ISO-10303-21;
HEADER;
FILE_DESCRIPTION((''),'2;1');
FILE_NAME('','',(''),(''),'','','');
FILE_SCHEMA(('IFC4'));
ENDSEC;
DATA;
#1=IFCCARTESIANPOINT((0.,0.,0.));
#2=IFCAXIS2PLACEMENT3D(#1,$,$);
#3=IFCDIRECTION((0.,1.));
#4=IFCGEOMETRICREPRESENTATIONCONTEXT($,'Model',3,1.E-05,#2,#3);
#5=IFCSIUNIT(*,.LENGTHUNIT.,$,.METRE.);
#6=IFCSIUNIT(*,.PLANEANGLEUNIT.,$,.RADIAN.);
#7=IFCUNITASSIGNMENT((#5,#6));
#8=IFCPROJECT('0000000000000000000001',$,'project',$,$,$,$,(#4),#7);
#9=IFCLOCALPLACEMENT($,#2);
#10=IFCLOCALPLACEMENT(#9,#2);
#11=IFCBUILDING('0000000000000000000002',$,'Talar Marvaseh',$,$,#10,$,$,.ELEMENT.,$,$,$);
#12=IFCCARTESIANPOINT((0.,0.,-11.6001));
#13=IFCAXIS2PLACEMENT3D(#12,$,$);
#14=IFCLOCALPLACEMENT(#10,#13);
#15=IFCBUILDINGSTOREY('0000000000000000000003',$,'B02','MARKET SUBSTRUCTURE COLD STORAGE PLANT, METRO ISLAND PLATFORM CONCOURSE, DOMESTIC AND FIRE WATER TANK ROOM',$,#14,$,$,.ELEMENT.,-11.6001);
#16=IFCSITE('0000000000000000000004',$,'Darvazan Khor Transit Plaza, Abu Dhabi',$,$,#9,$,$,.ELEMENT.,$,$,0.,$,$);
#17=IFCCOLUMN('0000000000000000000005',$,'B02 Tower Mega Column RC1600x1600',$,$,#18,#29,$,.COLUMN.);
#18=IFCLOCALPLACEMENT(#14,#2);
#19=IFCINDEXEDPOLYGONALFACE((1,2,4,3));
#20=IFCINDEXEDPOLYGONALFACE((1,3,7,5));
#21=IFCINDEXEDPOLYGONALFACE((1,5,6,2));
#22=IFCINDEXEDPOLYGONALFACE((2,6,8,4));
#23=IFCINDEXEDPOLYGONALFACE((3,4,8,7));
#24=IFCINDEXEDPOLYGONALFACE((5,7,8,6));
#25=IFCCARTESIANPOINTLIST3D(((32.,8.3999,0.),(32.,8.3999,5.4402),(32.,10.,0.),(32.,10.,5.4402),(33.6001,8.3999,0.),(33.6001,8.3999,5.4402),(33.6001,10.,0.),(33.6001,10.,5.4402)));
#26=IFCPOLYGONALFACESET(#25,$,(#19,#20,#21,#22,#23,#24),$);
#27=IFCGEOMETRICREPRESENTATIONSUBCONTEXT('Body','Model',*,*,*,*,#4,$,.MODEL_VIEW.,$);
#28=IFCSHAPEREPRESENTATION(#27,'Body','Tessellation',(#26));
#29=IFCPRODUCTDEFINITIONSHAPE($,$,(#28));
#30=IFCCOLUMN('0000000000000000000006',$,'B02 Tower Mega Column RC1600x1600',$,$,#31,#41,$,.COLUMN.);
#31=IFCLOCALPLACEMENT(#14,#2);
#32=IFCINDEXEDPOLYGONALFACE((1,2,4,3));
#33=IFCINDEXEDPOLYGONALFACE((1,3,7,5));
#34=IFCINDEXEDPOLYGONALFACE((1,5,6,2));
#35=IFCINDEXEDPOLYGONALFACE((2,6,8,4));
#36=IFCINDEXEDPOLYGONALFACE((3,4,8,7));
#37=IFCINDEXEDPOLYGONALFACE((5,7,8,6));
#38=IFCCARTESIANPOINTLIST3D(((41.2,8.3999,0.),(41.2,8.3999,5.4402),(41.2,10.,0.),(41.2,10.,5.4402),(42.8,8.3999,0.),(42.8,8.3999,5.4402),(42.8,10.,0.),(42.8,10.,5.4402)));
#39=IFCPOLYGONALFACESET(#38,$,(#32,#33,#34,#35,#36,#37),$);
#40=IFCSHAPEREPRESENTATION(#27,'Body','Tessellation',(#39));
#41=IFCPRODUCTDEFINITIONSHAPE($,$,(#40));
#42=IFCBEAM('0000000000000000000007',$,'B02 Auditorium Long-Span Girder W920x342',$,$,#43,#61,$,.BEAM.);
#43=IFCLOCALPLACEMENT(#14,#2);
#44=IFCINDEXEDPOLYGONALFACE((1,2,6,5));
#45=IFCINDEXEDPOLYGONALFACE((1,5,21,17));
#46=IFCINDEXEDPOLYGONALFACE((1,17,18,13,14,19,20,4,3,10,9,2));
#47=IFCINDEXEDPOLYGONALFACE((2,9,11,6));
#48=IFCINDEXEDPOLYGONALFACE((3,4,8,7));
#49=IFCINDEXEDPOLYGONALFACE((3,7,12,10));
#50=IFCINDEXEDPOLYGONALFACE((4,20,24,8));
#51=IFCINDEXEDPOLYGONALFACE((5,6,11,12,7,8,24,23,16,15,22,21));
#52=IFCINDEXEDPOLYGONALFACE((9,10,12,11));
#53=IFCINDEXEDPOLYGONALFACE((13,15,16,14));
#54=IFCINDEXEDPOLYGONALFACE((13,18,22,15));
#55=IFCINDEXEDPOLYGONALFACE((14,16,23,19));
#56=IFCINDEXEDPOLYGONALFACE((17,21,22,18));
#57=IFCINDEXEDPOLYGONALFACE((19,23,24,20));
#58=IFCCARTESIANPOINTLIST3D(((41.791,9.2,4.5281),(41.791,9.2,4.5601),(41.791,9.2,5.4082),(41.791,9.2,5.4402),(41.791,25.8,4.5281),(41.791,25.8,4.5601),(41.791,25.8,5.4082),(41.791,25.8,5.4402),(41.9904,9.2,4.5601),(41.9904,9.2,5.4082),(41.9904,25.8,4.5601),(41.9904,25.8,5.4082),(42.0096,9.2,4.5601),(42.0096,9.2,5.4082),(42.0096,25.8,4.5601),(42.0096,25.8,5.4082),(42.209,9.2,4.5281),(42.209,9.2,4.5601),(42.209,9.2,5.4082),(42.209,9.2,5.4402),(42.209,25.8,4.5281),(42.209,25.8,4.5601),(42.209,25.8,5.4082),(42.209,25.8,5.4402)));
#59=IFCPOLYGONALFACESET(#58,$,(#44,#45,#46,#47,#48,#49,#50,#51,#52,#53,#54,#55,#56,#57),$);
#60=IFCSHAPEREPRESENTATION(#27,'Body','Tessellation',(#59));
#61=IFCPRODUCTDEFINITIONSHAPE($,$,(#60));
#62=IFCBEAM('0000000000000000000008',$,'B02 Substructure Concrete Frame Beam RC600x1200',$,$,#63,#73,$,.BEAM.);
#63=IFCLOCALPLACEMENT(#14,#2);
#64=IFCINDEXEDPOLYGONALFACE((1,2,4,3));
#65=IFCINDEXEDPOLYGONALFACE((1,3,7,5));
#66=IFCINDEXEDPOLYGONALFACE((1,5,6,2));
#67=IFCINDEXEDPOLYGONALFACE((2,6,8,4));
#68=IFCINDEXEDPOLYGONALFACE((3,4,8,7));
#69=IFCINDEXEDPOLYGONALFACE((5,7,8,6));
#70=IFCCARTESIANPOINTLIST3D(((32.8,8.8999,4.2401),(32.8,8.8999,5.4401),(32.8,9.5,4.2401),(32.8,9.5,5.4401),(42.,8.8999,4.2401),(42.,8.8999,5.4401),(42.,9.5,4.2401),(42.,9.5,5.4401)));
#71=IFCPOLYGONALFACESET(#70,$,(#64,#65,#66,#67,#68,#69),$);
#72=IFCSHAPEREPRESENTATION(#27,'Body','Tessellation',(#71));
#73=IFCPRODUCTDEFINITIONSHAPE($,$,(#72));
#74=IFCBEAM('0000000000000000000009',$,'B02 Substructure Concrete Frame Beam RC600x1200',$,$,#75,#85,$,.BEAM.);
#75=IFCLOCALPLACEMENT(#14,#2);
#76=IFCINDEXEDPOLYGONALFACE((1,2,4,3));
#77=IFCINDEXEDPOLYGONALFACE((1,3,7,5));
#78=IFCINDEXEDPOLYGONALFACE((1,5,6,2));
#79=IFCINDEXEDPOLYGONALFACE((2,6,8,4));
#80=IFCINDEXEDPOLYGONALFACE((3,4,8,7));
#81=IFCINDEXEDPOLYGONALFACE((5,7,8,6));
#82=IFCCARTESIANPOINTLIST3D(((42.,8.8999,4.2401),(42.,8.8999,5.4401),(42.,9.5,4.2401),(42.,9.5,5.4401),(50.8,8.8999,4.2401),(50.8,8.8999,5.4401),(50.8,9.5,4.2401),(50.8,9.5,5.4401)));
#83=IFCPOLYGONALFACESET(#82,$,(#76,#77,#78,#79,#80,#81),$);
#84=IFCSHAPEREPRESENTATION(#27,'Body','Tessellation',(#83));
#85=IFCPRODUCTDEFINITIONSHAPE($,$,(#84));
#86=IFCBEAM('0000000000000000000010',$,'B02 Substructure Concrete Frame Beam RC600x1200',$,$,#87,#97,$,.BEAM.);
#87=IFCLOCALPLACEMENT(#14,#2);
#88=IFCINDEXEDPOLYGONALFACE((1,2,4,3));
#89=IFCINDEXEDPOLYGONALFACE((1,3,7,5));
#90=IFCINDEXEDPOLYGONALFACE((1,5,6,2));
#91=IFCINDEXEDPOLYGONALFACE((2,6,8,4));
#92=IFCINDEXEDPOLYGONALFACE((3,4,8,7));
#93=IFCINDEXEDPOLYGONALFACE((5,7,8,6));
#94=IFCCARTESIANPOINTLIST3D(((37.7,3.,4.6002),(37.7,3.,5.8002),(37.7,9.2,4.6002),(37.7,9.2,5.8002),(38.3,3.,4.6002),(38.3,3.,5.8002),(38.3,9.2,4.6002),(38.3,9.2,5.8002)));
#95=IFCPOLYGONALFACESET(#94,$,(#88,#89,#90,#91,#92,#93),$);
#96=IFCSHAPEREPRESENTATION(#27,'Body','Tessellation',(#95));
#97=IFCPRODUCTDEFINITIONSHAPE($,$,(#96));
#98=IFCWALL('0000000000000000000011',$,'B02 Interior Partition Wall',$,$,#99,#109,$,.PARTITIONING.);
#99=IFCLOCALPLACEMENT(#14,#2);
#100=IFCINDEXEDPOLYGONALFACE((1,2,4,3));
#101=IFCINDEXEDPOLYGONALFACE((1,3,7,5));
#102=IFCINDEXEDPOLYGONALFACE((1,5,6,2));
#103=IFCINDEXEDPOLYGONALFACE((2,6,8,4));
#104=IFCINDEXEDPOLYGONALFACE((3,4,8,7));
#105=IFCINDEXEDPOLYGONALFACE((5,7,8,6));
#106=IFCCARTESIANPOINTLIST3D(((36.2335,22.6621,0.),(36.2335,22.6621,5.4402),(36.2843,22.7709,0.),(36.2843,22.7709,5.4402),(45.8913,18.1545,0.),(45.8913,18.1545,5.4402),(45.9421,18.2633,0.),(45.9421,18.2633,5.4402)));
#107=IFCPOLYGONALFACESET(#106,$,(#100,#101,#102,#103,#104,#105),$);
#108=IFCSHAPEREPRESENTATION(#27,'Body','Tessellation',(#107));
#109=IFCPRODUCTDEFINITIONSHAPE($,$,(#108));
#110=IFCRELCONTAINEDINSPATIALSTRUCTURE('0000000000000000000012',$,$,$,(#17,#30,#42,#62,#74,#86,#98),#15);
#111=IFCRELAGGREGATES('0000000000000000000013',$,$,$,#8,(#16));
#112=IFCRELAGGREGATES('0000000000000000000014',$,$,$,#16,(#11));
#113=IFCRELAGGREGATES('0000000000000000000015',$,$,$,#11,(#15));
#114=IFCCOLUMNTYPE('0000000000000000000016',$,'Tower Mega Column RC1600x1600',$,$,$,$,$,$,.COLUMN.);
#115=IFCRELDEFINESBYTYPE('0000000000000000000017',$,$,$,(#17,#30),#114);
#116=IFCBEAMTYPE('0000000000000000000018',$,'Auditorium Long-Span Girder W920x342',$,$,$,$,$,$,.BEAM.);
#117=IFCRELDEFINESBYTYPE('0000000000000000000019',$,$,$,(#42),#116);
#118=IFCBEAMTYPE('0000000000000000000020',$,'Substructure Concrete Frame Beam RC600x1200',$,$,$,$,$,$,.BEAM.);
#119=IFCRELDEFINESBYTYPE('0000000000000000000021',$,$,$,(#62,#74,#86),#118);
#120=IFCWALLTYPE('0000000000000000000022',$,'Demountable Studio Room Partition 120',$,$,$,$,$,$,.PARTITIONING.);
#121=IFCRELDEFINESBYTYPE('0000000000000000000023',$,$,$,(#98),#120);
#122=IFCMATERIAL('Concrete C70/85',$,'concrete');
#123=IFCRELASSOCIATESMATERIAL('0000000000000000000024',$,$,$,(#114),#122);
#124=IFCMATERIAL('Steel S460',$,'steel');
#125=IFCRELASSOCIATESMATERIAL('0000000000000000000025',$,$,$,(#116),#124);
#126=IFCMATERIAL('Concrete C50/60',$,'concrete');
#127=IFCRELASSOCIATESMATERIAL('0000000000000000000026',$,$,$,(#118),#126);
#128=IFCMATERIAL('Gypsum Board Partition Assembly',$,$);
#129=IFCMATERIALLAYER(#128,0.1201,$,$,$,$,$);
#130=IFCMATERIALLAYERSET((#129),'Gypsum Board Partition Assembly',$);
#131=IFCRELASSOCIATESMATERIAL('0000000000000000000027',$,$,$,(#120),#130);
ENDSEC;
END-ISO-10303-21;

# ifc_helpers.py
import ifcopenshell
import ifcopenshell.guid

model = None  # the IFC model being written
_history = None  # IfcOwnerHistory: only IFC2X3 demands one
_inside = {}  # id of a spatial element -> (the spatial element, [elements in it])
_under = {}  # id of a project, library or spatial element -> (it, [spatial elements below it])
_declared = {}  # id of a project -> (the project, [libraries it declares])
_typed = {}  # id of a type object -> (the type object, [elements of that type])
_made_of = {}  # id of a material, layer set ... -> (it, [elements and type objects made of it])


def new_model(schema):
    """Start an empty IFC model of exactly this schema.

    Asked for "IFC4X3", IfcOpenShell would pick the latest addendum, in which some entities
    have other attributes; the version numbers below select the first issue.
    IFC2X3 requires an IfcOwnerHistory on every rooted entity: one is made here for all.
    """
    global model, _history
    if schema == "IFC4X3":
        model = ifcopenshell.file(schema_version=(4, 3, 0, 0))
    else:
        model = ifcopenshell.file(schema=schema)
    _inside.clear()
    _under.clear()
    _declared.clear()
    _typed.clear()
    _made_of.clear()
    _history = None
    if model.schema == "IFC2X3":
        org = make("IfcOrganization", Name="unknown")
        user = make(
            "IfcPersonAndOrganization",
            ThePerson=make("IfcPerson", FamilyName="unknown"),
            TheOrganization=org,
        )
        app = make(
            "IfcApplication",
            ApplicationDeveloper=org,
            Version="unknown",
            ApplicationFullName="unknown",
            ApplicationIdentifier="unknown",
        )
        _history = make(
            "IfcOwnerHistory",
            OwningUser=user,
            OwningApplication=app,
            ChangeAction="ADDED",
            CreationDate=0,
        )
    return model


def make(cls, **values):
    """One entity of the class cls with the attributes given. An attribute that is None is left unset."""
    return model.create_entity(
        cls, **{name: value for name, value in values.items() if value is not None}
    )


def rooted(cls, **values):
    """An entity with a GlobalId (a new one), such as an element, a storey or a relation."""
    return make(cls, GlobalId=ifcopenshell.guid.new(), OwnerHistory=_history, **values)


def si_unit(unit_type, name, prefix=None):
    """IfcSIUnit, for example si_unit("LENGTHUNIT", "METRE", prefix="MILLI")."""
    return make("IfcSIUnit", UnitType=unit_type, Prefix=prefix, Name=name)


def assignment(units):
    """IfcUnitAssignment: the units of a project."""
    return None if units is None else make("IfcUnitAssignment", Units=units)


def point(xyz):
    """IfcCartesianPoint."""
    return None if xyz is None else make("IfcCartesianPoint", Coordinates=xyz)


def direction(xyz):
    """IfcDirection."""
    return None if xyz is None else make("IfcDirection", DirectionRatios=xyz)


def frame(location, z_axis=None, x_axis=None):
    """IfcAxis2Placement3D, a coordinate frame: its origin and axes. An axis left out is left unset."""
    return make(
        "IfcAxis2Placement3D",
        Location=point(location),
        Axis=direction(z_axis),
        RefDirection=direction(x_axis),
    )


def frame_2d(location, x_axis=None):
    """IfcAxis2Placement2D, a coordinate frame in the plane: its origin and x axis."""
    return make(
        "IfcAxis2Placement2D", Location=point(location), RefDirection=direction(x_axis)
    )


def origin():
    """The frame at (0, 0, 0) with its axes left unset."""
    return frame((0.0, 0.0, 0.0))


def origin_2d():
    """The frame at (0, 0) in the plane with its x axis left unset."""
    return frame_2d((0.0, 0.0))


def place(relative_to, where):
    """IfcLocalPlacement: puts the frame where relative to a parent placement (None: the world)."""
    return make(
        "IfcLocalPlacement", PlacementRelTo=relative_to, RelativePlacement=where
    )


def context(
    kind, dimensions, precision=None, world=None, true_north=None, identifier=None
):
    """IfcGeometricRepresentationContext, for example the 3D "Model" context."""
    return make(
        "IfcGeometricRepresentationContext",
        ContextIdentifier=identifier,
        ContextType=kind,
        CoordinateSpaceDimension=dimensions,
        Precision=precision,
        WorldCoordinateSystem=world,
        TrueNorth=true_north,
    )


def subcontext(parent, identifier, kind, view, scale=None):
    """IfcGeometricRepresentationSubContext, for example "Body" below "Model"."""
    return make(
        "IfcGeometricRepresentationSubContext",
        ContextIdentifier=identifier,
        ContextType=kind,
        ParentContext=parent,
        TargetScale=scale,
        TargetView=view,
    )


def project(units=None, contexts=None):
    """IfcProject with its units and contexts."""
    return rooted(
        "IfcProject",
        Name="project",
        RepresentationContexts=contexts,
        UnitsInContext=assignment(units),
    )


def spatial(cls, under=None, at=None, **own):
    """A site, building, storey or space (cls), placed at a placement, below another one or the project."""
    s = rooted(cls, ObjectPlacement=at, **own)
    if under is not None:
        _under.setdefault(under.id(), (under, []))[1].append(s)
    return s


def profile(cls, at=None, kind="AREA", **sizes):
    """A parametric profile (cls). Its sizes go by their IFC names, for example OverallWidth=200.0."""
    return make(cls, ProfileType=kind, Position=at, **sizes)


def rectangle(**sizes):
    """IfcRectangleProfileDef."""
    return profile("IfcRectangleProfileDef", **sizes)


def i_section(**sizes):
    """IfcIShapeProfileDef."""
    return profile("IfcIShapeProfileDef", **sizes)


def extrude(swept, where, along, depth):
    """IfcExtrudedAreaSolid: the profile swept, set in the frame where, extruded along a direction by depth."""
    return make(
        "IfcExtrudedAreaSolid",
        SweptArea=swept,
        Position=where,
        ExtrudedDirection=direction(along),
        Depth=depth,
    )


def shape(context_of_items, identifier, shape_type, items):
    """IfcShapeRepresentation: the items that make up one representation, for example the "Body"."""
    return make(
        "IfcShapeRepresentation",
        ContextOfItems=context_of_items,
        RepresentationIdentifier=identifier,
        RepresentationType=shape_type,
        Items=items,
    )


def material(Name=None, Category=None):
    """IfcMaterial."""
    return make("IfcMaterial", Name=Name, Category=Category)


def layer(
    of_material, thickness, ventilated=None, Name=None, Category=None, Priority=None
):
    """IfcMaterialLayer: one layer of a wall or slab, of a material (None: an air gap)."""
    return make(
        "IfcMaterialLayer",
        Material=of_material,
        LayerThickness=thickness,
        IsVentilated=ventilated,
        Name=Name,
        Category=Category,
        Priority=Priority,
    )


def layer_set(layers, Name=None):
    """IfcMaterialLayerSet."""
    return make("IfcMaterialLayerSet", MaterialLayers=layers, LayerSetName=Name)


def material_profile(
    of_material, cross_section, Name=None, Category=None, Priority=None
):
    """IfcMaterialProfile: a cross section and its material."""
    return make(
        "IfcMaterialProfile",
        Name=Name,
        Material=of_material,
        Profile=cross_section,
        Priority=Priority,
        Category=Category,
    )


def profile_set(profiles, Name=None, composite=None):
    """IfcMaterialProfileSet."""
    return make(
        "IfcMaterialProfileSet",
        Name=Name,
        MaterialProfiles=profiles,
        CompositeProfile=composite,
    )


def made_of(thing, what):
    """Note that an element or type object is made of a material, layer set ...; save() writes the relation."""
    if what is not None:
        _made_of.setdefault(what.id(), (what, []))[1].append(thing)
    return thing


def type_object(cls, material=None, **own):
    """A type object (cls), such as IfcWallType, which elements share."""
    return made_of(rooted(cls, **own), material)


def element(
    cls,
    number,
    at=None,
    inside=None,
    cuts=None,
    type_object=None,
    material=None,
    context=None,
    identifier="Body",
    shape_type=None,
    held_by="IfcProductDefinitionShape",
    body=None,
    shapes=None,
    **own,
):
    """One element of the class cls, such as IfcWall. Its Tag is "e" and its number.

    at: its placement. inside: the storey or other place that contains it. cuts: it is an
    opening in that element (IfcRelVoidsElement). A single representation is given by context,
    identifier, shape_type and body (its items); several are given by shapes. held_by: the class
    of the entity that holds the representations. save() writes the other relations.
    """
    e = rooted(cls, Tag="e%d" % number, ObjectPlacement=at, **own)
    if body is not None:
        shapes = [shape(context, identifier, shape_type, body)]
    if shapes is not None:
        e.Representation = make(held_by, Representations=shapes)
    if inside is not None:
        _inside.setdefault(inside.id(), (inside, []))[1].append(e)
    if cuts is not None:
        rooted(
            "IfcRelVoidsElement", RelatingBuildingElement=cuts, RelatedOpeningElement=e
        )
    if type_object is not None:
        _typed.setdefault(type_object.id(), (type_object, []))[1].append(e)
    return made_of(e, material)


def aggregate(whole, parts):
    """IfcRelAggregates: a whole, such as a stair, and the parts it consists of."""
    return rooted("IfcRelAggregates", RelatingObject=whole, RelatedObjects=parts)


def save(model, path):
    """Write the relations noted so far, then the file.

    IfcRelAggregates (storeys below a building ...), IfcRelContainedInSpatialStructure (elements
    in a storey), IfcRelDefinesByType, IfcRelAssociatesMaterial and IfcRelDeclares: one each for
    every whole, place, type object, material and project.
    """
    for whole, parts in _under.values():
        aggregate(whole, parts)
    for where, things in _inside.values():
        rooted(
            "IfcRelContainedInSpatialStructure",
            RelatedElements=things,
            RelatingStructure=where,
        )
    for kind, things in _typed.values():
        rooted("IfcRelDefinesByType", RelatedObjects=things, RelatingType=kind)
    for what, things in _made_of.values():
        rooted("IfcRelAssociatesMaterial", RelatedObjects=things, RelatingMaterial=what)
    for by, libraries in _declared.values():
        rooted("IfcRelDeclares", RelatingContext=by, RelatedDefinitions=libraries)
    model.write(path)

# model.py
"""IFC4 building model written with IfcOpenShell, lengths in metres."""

from ifc_helpers import new_model, si_unit, direction, frame, frame_2d, origin, origin_2d, place, context, subcontext, project, spatial, rectangle, i_section, extrude, material, layer, layer_set, material_profile, profile_set, type_object, element, save


model = new_model("IFC4")

# Units and contexts
model_context = context("Model", 3, precision=1e-05, world=origin(), true_north=direction((0.0, 1.0)))
body_context = subcontext(model_context, "Body", "Model", "MODEL_VIEW")
ifc_project = project(units=[si_unit("LENGTHUNIT", "METRE"), si_unit("PLANEANGLEUNIT", "RADIAN")], contexts=[model_context])

# Site, building, storey
site_placement = place(None, origin())
site = spatial("IfcSite", under=ifc_project, at=site_placement, Name="Darvazan Khor Transit Plaza, Abu Dhabi", CompositionType="ELEMENT", RefElevation=0.0)
building_placement = place(site_placement, origin())
building = spatial("IfcBuilding", under=site, at=building_placement, Name="Talar Marvaseh", CompositionType="ELEMENT")
storey_placement = place(building_placement, frame((0.0, 0.0, -11.6001)))
storey = spatial("IfcBuildingStorey", under=building, at=storey_placement, Name="B02", Description="MARKET SUBSTRUCTURE COLD STORAGE PLANT, METRO ISLAND PLATFORM CONCOURSE, DOMESTIC AND FIRE WATER TANK ROOM", CompositionType="ELEMENT", Elevation=-11.6001)

# Shared definitions
ifc_material_1 = material(Name="Concrete C50/60", Category="concrete")

# Columns
ifc_material_2 = material(Name="Concrete C70/85", Category="concrete")
ifc_material_profile_1 = material_profile(ifc_material_2, rectangle(XDim=1.6001, YDim=1.6001, at=origin_2d()), Name="RC1600x1600")
ifc_profile_set_1 = profile_set([ifc_material_profile_1], Name="Concrete C70/85")
column_type_1 = type_object("IfcColumnType", Name="Tower Mega Column RC1600x1600", PredefinedType="COLUMN", material=ifc_profile_set_1)
for number, where, z_axis, x_axis, name in (
    (1, (32.8, 9.2, 0.0), (0.0, 0.0, 1.0), (1.0, 0.0, 0.0), "B02 Tower Mega Column RC1600x1600"),
    (2, (42.0, 9.2, 0.0), (0.0, 0.0, 1.0), (1.0, 0.0, 0.0), "B02 Tower Mega Column RC1600x1600"),
):
    element("IfcColumn", number, at=place(storey_placement, frame(where, z_axis=z_axis, x_axis=x_axis)), inside=storey, type_object=column_type_1, Name=name, PredefinedType="COLUMN", context=body_context, shape_type="SweptSolid", body=[
        extrude(rectangle(XDim=1.6001, YDim=1.6001, at=origin_2d()), origin(), (0.0, 0.0, 1.0), 5.4402),
    ])

# Beams
ifc_material_3 = material(Name="Steel S460", Category="steel")
ifc_material_profile_2 = material_profile(ifc_material_3, i_section(OverallWidth=0.418, OverallDepth=0.9121, WebThickness=0.0193, FlangeThickness=0.032, at=origin_2d()), Name="W920x342")
ifc_profile_set_2 = profile_set([ifc_material_profile_2], Name="Steel S460")
beam_type_1 = type_object("IfcBeamType", Name="Auditorium Long-Span Girder W920x342", PredefinedType="BEAM", material=ifc_profile_set_2)
beam_1_placement = place(storey_placement, frame((42.0, 9.2, 4.9841), z_axis=(0.0, 1.0, 0.0), x_axis=(-1.0, 0.0, 0.0)))
element("IfcBeam", 3, at=beam_1_placement, inside=storey, type_object=beam_type_1, Name="B02 Auditorium Long-Span Girder W920x342", PredefinedType="BEAM", context=body_context, shape_type="SweptSolid", body=[
    extrude(i_section(OverallWidth=0.418, OverallDepth=0.9121, WebThickness=0.0193, FlangeThickness=0.032, at=origin_2d()), origin(), (0.0, 0.0, 1.0), 16.6001),
])
ifc_material_profile_3 = material_profile(ifc_material_1, rectangle(XDim=0.6001, YDim=1.2, at=origin_2d()), Name="RC600x1200")
ifc_profile_set_3 = profile_set([ifc_material_profile_3], Name="Concrete C50/60")
beam_type_2 = type_object("IfcBeamType", Name="Substructure Concrete Frame Beam RC600x1200", PredefinedType="BEAM", material=ifc_profile_set_3)
beam_2_placement = place(storey_placement, frame((32.8, 9.2, 4.8401), z_axis=(1.0, 0.0, 0.0), x_axis=(0.0, 1.0, 0.0)))
element("IfcBeam", 4, at=beam_2_placement, inside=storey, type_object=beam_type_2, Name="B02 Substructure Concrete Frame Beam RC600x1200", PredefinedType="BEAM", context=body_context, shape_type="SweptSolid", body=[
    extrude(rectangle(XDim=0.6001, YDim=1.2, at=origin_2d()), origin(), (0.0, 0.0, 1.0), 9.2),
])
beam_3_placement = place(storey_placement, frame((42.0, 9.2, 4.8401), z_axis=(1.0, 0.0, 0.0), x_axis=(0.0, 1.0, 0.0)))
element("IfcBeam", 5, at=beam_3_placement, inside=storey, type_object=beam_type_2, Name="B02 Substructure Concrete Frame Beam RC600x1200", PredefinedType="BEAM", context=body_context, shape_type="SweptSolid", body=[
    extrude(rectangle(XDim=0.6001, YDim=1.2, at=origin_2d()), origin(), (0.0, 0.0, 1.0), 8.8),
])
beam_4_placement = place(storey_placement, frame((38.0, 3.0, 5.2002), z_axis=(0.0, 1.0, 0.0), x_axis=(-1.0, 0.0, 0.0)))
element("IfcBeam", 6, at=beam_4_placement, inside=storey, type_object=beam_type_2, Name="B02 Substructure Concrete Frame Beam RC600x1200", PredefinedType="BEAM", context=body_context, shape_type="SweptSolid", body=[
    extrude(rectangle(XDim=0.6001, YDim=1.2, at=origin_2d()), origin(), (0.0, 0.0, 1.0), 6.2),
])

# Wall
ifc_material_4 = material(Name="Gypsum Board Partition Assembly")
ifc_layer = layer(ifc_material_4, 0.1201)
ifc_layer_set = layer_set([ifc_layer], Name="Gypsum Board Partition Assembly")
wall_type = type_object("IfcWallType", Name="Demountable Studio Room Partition 120", PredefinedType="PARTITIONING", material=ifc_layer_set)
wall_placement = place(storey_placement, frame((36.2588, 22.7166, 0.0), z_axis=(0.0, 0.0, 1.0), x_axis=(0.90616, -0.422934, 0.0)))
element("IfcWall", 7, at=wall_placement, inside=storey, type_object=wall_type, Name="B02 Interior Partition Wall", PredefinedType="PARTITIONING", context=body_context, shape_type="SweptSolid", body=[
    extrude(rectangle(XDim=10.658, YDim=0.1201, at=frame_2d((5.3291, 0.0))), origin(), (0.0, 0.0, 1.0), 5.4402),
])

save(model, "model.ifc")
